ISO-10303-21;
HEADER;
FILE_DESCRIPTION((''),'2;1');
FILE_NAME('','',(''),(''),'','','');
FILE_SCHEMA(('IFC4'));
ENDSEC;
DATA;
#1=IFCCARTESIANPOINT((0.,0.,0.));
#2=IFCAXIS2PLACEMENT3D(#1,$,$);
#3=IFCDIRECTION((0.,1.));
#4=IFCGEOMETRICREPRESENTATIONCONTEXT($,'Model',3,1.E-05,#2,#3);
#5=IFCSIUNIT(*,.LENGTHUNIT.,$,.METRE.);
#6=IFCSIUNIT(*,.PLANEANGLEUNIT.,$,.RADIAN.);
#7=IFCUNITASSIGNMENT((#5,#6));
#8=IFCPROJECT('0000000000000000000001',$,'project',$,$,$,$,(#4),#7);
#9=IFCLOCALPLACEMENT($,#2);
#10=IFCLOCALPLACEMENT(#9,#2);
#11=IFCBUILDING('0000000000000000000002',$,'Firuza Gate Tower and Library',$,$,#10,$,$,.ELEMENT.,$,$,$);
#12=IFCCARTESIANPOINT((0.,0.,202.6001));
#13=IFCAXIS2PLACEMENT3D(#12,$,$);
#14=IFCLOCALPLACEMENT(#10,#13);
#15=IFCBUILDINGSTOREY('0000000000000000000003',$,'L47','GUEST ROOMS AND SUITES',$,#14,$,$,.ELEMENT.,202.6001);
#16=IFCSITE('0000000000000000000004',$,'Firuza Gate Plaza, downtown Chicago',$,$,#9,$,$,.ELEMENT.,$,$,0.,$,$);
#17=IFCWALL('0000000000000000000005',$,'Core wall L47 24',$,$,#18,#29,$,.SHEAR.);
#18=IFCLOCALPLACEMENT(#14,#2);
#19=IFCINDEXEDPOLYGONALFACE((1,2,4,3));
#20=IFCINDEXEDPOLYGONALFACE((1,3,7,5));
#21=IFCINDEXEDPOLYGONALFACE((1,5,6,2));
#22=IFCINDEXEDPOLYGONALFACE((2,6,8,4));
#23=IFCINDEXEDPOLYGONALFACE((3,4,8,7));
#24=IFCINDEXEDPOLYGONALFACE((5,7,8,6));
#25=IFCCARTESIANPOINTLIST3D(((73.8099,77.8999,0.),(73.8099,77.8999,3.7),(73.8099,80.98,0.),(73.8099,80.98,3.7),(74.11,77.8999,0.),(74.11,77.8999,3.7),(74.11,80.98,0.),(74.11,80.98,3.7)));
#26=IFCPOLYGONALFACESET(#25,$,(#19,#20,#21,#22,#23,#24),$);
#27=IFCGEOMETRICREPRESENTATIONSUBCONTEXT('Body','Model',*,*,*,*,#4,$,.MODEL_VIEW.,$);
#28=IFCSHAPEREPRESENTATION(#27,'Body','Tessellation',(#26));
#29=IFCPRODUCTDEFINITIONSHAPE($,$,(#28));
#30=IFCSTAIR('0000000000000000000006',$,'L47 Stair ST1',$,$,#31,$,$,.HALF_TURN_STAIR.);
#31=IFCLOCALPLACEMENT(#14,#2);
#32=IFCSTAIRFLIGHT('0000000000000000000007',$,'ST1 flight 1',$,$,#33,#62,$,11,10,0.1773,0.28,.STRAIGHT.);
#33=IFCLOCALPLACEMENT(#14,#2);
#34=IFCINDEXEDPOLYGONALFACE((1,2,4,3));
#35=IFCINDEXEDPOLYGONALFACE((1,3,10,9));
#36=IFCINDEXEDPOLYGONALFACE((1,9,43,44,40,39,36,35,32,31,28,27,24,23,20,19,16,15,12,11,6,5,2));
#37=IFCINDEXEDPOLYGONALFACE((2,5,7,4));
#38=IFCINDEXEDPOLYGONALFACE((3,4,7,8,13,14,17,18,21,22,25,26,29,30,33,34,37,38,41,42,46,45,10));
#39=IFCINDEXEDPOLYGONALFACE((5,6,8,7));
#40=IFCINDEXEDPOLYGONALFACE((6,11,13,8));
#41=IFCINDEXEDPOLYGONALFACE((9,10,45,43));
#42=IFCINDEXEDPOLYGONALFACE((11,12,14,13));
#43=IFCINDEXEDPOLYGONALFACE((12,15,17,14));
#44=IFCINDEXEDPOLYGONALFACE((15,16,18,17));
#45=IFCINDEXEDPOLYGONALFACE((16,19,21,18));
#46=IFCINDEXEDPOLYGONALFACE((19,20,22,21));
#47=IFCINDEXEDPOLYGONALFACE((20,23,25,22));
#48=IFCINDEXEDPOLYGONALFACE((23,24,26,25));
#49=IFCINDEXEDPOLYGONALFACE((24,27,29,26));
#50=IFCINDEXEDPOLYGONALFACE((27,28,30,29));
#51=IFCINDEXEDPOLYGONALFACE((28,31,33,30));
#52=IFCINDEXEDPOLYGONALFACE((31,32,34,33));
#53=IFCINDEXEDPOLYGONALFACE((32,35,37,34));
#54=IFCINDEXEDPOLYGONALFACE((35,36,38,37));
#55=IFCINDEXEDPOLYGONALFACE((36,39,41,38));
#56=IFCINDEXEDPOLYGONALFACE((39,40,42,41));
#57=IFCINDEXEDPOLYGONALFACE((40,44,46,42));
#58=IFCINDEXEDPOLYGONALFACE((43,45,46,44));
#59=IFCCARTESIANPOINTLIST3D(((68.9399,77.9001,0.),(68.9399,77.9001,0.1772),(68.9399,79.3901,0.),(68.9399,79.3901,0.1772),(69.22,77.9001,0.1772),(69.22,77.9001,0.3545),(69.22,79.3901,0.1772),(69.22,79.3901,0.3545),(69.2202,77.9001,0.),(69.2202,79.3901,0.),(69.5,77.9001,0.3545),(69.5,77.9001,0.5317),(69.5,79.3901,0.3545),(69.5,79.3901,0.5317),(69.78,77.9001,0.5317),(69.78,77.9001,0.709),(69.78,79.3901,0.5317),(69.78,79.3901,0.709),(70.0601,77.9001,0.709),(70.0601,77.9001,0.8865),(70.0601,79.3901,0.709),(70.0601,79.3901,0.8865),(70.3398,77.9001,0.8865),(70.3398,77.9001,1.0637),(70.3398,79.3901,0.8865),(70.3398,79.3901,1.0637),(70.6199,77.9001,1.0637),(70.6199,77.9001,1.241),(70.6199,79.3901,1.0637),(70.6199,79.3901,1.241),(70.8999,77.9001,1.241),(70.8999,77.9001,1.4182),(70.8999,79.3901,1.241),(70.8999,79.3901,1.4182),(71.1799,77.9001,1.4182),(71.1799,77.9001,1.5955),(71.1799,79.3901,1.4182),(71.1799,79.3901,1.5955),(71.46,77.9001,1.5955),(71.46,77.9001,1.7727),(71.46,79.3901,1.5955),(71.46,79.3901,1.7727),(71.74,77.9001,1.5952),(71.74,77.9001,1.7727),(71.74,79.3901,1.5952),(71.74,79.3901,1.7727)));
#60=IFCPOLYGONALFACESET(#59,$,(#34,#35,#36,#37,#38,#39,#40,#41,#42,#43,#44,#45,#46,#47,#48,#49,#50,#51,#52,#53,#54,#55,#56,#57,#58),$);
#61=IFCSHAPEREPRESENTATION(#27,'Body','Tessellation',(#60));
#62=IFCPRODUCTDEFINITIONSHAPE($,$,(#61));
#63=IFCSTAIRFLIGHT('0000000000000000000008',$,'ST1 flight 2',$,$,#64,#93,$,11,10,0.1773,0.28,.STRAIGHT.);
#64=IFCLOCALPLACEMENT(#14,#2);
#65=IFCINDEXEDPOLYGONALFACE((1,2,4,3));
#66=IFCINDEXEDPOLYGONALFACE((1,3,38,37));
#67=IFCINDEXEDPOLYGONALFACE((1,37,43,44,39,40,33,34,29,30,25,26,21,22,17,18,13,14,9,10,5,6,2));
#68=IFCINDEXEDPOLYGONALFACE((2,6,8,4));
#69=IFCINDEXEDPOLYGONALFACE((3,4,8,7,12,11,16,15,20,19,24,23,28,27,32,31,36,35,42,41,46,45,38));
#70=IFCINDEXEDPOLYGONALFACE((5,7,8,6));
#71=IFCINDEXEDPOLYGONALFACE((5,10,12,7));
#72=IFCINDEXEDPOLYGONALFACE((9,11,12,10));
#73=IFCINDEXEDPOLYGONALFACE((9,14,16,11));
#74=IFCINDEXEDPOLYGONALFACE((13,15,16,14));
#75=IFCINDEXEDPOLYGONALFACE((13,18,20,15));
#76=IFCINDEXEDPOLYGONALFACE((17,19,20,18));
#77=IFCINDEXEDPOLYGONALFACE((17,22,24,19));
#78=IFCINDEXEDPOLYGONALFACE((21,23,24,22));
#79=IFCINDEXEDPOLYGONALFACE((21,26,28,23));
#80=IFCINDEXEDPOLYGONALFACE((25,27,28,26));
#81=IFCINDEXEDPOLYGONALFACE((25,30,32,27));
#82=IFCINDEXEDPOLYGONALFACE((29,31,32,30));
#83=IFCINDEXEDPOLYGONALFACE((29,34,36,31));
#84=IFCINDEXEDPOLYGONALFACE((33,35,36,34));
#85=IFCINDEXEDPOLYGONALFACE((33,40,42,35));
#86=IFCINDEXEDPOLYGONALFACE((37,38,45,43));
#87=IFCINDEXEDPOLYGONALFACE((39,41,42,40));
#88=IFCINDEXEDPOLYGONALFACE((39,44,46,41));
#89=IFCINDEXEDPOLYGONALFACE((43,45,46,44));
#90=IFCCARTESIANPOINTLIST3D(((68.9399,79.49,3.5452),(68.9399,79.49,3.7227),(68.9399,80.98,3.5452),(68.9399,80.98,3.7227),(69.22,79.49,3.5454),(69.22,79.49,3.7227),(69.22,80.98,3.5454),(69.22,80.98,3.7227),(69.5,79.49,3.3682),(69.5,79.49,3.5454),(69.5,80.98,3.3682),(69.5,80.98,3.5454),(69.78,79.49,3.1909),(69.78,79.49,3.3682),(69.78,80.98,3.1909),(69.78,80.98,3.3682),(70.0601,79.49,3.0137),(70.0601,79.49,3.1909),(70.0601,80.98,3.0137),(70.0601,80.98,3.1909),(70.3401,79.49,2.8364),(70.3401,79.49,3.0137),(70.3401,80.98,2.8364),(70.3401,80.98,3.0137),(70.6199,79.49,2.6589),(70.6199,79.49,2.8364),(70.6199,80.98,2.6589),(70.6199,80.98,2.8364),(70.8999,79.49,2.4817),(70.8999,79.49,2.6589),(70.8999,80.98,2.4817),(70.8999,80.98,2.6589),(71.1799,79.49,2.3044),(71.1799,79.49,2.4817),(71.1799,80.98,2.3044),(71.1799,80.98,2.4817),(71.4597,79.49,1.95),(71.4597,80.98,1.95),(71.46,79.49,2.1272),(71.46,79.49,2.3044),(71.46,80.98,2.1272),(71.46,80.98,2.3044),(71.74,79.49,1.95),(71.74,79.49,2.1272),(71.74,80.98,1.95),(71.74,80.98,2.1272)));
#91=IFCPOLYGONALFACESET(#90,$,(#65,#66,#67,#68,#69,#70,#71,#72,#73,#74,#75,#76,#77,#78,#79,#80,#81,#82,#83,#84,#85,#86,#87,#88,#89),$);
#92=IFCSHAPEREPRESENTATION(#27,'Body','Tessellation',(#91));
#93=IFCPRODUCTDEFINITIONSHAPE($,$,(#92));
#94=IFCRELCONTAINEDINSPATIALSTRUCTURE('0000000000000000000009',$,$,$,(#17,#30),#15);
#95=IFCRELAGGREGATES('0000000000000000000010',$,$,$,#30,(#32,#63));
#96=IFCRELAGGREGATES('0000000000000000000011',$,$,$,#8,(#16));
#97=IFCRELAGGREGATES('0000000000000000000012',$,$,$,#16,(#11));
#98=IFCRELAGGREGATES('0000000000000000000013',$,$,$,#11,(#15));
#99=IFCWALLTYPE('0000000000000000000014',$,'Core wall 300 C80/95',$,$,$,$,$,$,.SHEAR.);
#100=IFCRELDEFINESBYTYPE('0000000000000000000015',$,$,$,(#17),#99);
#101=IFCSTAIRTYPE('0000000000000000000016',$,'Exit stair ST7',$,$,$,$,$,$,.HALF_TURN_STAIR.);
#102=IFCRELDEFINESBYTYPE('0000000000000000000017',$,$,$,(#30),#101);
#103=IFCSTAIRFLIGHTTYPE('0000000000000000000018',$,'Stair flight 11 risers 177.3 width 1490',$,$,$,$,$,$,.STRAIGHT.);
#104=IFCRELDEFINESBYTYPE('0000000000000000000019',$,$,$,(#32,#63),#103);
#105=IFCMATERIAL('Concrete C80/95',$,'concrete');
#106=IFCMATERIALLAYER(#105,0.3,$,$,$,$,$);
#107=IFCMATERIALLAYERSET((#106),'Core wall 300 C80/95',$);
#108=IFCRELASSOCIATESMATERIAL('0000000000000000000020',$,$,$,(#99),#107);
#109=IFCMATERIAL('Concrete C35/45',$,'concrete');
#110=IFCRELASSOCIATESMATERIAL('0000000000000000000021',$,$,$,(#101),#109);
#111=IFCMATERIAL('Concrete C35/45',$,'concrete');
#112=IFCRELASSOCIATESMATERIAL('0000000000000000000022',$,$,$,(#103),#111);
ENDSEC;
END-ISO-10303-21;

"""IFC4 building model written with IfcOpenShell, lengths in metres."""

from ifc_helpers import new_model, si_unit, direction, frame, frame_2d, origin, place, context, subcontext, project, spatial, polyline, rectangle, outline, extrude, material, layer, layer_set, type_object, element, aggregate, save


model = new_model("IFC4")

# Units and contexts
model_context = context("Model", 3, precision=1e-05, world=origin(), true_north=direction((0.0, 1.0)))
body_context = subcontext(model_context, "Body", "Model", "MODEL_VIEW")
ifc_project = project(units=[si_unit("LENGTHUNIT", "METRE"), si_unit("PLANEANGLEUNIT", "RADIAN")], contexts=[model_context])

# Site, building, storey
site_placement = place(None, origin())
site = spatial("IfcSite", under=ifc_project, at=site_placement, Name="Firuza Gate Plaza, downtown Chicago", CompositionType="ELEMENT", RefElevation=0.0)
building_placement = place(site_placement, origin())
building = spatial("IfcBuilding", under=site, at=building_placement, Name="Firuza Gate Tower and Library", CompositionType="ELEMENT")
storey_placement = place(building_placement, frame((0.0, 0.0, 202.6001)))
storey = spatial("IfcBuildingStorey", under=building, at=storey_placement, Name="L47", Description="GUEST ROOMS AND SUITES", CompositionType="ELEMENT", Elevation=202.6001)

# Shared definitions
ifc_material_1 = material(Name="Concrete C80/95", Category="concrete")
ifc_layer_1 = layer(ifc_material_1, 0.3)
ifc_layer_set_1 = layer_set([ifc_layer_1], Name="Core wall 300 C80/95")
wall_type_1 = type_object("IfcWallType", Name="Core wall 300 C80/95", PredefinedType="SHEAR", material=ifc_layer_set_1)

# Wall
for number, where, z_axis, x_axis, name in (
    (1, (73.96, 77.8999, 0.0), (0.0, 0.0, 1.0), (0.0, 1.0, 0.0), "Core wall L47 24"),
):
    element("IfcWall", number, at=place(storey_placement, frame(where, z_axis=z_axis, x_axis=x_axis)), inside=storey, type_object=wall_type_1, Name=name, PredefinedType="SHEAR", context=body_context, shape_type="SweptSolid", body=[
        extrude(rectangle(XDim=3.0801, YDim=0.3, at=frame_2d((1.54, 0.0))), origin(), (0.0, 0.0, 1.0), 3.7),
    ])

# Stair, stair flights
ifc_material_2 = material(Name="Concrete C35/45", Category="concrete")
stair_type = type_object("IfcStairType", Name="Exit stair ST7", PredefinedType="HALF_TURN_STAIR", material=ifc_material_2)
stair_placement = place(storey_placement, origin())
stair = element("IfcStair", 2, at=stair_placement, inside=storey, type_object=stair_type, Name="L47 Stair ST1", PredefinedType="HALF_TURN_STAIR")
ifc_material_3 = material(Name="Concrete C35/45", Category="concrete")
stair_flight_type = type_object("IfcStairFlightType", Name="Stair flight 11 risers 177.3 width 1490", PredefinedType="STRAIGHT", material=ifc_material_3)
stair_flight_1_placement = place(storey_placement, frame((68.9399, 78.645, 0.0), z_axis=(0.0, 0.0, 1.0), x_axis=(1.0, 0.0, 0.0)))
stair_flight_1 = element("IfcStairFlight", 3, at=stair_flight_1_placement, type_object=stair_flight_type, Name="ST1 flight 1", NumberOfRisers=11, NumberOfTreads=10, PredefinedType="STRAIGHT", RiserHeight=0.1773, TreadLength=0.28, context=body_context, shape_type="SweptSolid", body=[
    extrude(outline(polyline([(0.0, 0.0), (0.0, 0.1772), (0.28, 0.1772), (0.28, 0.3545), (0.5601, 0.3545), (0.5601, 0.5317), (0.8401, 0.5317), (0.8401, 0.709), (1.1201, 0.709), (1.1201, 0.8865), (1.3999, 0.8865), (1.3999, 1.0637), (1.6799, 1.0637), (1.6799, 1.241), (1.96, 1.241), (1.96, 1.4182), (2.24, 1.4182), (2.24, 1.5955), (2.52, 1.5955), (2.52, 1.7727), (2.8, 1.7727), (2.8, 1.95), (2.8, 1.5952), (0.2803, 0.0), (0.0, 0.0)])), frame((0.0, 0.7451, 0.0), z_axis=(0.0, -1.0, 0.0), x_axis=(1.0, 0.0, 0.0)), (0.0, 0.0, 1.0), 1.49),
])
stair_flight_2_placement = place(storey_placement, frame((71.74, 80.2351, 1.95), z_axis=(0.0, 0.0, 1.0), x_axis=(-1.0, 0.0, 0.0)))
stair_flight_2 = element("IfcStairFlight", 4, at=stair_flight_2_placement, type_object=stair_flight_type, Name="ST1 flight 2", NumberOfRisers=11, NumberOfTreads=10, PredefinedType="STRAIGHT", RiserHeight=0.1773, TreadLength=0.28, context=body_context, shape_type="SweptSolid", body=[
    extrude(outline(polyline([(0.0, 0.0), (0.0, 0.1772), (0.28, 0.1772), (0.28, 0.3545), (0.5601, 0.3545), (0.5601, 0.5317), (0.8401, 0.5317), (0.8401, 0.709), (1.1201, 0.709), (1.1201, 0.8865), (1.3999, 0.8865), (1.3999, 1.0637), (1.6799, 1.0637), (1.6799, 1.241), (1.96, 1.241), (1.96, 1.4182), (2.24, 1.4182), (2.24, 1.5955), (2.52, 1.5955), (2.52, 1.7727), (2.8, 1.7727), (2.8, 1.95), (2.8, 1.5952), (0.2803, 0.0), (0.0, 0.0)])), frame((0.0, 0.7451, 0.0), z_axis=(0.0, -1.0, 0.0), x_axis=(1.0, 0.0, 0.0)), (0.0, 0.0, 1.0), 1.49),
])
aggregate(stair, [stair_flight_1, stair_flight_2])

save(model, "model.ifc")
